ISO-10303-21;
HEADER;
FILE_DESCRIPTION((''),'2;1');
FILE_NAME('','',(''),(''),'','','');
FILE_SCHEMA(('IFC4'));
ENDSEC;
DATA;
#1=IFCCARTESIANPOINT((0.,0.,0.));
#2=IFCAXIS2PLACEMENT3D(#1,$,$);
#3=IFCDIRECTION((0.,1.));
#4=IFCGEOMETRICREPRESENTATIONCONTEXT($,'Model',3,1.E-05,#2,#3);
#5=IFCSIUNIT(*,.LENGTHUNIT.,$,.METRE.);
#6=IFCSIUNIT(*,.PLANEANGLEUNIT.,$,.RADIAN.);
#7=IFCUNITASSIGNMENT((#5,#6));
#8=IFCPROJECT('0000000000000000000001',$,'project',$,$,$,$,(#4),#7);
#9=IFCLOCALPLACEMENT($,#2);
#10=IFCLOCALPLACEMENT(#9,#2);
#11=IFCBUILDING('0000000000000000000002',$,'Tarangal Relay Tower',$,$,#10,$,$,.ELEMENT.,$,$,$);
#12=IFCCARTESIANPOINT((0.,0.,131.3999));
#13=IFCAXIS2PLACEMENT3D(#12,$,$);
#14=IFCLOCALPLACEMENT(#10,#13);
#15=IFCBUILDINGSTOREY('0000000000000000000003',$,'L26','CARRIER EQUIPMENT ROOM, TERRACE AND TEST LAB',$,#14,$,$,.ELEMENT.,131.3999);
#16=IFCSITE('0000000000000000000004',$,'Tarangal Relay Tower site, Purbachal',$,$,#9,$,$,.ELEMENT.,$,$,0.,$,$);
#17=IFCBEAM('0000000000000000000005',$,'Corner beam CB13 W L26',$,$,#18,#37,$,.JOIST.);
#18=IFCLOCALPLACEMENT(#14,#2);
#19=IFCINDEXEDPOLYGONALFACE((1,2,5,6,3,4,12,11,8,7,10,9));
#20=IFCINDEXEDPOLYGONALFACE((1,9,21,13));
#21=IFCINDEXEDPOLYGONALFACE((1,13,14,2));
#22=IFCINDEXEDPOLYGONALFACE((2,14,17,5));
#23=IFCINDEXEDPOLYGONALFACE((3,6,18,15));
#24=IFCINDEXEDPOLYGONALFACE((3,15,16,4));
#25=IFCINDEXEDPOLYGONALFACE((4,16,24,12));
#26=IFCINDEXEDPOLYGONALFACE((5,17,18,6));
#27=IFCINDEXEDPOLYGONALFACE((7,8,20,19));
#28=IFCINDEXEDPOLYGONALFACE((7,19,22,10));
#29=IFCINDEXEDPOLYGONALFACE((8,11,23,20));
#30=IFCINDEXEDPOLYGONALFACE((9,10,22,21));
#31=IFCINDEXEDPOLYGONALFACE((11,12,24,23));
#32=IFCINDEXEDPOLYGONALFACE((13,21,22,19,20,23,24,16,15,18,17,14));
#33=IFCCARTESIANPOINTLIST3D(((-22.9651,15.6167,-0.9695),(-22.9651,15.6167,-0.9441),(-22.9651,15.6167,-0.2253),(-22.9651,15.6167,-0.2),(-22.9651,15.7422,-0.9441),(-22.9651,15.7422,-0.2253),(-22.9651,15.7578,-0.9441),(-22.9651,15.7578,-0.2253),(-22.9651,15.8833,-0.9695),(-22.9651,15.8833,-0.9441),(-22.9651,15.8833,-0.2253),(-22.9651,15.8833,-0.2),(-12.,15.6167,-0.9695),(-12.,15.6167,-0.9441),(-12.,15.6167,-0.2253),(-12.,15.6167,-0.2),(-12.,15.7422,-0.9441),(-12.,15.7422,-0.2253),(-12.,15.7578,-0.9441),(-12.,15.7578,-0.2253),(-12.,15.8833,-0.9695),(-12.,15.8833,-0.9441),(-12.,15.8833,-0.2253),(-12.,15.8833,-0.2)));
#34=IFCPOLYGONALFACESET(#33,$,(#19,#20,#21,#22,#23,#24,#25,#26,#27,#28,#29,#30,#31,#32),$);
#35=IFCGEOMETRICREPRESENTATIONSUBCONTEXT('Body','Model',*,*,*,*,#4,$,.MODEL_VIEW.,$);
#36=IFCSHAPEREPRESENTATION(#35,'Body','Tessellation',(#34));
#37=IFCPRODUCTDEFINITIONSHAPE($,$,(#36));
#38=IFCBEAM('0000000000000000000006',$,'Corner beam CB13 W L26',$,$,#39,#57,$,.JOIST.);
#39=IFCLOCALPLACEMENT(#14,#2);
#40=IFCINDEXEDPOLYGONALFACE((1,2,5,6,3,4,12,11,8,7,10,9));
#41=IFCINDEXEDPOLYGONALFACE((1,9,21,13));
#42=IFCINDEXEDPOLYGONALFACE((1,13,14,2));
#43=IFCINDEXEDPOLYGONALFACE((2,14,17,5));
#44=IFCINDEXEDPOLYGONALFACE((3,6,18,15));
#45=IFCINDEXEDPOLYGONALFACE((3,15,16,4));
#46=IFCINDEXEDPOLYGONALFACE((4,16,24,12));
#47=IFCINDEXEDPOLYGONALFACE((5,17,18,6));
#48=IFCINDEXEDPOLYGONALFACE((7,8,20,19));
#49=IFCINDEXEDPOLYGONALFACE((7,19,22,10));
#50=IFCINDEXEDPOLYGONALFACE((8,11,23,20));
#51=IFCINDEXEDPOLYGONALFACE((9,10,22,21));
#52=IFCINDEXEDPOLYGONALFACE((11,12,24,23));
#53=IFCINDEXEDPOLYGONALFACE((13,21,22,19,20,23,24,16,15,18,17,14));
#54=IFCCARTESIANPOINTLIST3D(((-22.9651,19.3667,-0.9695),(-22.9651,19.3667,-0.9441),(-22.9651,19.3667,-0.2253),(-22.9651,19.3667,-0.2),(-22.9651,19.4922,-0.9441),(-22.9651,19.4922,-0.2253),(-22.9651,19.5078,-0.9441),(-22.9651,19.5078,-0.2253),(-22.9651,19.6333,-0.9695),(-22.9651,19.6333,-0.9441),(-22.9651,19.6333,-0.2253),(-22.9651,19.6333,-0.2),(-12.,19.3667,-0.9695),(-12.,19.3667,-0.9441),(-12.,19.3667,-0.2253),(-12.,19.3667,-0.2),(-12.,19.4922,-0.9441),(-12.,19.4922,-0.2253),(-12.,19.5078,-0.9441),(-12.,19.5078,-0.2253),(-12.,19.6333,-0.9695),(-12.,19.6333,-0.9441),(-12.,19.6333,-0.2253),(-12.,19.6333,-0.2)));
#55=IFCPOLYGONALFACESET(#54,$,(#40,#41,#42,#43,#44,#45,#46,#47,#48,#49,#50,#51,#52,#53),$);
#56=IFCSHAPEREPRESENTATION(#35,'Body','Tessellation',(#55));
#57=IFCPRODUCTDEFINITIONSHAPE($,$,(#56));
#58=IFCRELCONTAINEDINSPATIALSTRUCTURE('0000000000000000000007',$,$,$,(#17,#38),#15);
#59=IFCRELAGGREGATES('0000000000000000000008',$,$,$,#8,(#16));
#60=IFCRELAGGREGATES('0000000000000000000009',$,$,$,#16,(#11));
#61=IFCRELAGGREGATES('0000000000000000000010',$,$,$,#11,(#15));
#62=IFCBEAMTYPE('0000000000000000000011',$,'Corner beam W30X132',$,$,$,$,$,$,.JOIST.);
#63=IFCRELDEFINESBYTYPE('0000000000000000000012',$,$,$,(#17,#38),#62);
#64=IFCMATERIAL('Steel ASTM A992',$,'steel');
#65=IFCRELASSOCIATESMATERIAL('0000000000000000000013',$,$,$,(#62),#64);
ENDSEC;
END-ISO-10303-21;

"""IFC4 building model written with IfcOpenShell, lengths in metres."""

from ifc_helpers import new_model, si_unit, direction, frame, origin, origin_2d, place, context, subcontext, project, spatial, i_section, extrude, material, material_profile, profile_set, type_object, element, save


model = new_model("IFC4")

# Units and contexts
model_context = context("Model", 3, precision=1e-05, world=origin(), true_north=direction((0.0, 1.0)))
body_context = subcontext(model_context, "Body", "Model", "MODEL_VIEW")
ifc_project = project(units=[si_unit("LENGTHUNIT", "METRE"), si_unit("PLANEANGLEUNIT", "RADIAN")], contexts=[model_context])

# Site, building, storey
site_placement = place(None, origin())
site = spatial("IfcSite", under=ifc_project, at=site_placement, Name="Tarangal Relay Tower site, Purbachal", CompositionType="ELEMENT", RefElevation=0.0)
building_placement = place(site_placement, origin())
building = spatial("IfcBuilding", under=site, at=building_placement, Name="Tarangal Relay Tower", CompositionType="ELEMENT")
storey_placement = place(building_placement, frame((0.0, 0.0, 131.3999)))
storey = spatial("IfcBuildingStorey", under=building, at=storey_placement, Name="L26", Description="CARRIER EQUIPMENT ROOM, TERRACE AND TEST LAB", CompositionType="ELEMENT", Elevation=131.3999)

# Beams
ifc_material_1 = material(Name="Steel ASTM A992", Category="steel")
ifc_material_profile = material_profile(ifc_material_1, i_section(OverallWidth=0.2666, OverallDepth=0.7695, WebThickness=0.0156, FlangeThickness=0.0254, at=origin_2d()), Name="W30X132")
ifc_profile_set = profile_set([ifc_material_profile], Name="Steel ASTM A992")
beam_type = type_object("IfcBeamType", Name="Corner beam W30X132", PredefinedType="JOIST", material=ifc_profile_set)
for number, where, z_axis, x_axis, name in (
    (1, (-12.0, 15.75, -0.5847), (-1.0, 0.0, 0.0), (0.0, -1.0, 0.0), "Corner beam CB13 W L26"),
    (2, (-12.0, 19.5, -0.5847), (-1.0, 0.0, 0.0), (0.0, -1.0, 0.0), "Corner beam CB13 W L26"),
):
    element("IfcBeam", number, at=place(storey_placement, frame(where, z_axis=z_axis, x_axis=x_axis)), inside=storey, type_object=beam_type, Name=name, PredefinedType="JOIST", context=body_context, shape_type="SweptSolid", body=[
        extrude(i_section(OverallWidth=0.2666, OverallDepth=0.7695, WebThickness=0.0156, FlangeThickness=0.0254, at=origin_2d()), origin(), (0.0, 0.0, 1.0), 10.9651),
    ])

save(model, "model.ifc")
